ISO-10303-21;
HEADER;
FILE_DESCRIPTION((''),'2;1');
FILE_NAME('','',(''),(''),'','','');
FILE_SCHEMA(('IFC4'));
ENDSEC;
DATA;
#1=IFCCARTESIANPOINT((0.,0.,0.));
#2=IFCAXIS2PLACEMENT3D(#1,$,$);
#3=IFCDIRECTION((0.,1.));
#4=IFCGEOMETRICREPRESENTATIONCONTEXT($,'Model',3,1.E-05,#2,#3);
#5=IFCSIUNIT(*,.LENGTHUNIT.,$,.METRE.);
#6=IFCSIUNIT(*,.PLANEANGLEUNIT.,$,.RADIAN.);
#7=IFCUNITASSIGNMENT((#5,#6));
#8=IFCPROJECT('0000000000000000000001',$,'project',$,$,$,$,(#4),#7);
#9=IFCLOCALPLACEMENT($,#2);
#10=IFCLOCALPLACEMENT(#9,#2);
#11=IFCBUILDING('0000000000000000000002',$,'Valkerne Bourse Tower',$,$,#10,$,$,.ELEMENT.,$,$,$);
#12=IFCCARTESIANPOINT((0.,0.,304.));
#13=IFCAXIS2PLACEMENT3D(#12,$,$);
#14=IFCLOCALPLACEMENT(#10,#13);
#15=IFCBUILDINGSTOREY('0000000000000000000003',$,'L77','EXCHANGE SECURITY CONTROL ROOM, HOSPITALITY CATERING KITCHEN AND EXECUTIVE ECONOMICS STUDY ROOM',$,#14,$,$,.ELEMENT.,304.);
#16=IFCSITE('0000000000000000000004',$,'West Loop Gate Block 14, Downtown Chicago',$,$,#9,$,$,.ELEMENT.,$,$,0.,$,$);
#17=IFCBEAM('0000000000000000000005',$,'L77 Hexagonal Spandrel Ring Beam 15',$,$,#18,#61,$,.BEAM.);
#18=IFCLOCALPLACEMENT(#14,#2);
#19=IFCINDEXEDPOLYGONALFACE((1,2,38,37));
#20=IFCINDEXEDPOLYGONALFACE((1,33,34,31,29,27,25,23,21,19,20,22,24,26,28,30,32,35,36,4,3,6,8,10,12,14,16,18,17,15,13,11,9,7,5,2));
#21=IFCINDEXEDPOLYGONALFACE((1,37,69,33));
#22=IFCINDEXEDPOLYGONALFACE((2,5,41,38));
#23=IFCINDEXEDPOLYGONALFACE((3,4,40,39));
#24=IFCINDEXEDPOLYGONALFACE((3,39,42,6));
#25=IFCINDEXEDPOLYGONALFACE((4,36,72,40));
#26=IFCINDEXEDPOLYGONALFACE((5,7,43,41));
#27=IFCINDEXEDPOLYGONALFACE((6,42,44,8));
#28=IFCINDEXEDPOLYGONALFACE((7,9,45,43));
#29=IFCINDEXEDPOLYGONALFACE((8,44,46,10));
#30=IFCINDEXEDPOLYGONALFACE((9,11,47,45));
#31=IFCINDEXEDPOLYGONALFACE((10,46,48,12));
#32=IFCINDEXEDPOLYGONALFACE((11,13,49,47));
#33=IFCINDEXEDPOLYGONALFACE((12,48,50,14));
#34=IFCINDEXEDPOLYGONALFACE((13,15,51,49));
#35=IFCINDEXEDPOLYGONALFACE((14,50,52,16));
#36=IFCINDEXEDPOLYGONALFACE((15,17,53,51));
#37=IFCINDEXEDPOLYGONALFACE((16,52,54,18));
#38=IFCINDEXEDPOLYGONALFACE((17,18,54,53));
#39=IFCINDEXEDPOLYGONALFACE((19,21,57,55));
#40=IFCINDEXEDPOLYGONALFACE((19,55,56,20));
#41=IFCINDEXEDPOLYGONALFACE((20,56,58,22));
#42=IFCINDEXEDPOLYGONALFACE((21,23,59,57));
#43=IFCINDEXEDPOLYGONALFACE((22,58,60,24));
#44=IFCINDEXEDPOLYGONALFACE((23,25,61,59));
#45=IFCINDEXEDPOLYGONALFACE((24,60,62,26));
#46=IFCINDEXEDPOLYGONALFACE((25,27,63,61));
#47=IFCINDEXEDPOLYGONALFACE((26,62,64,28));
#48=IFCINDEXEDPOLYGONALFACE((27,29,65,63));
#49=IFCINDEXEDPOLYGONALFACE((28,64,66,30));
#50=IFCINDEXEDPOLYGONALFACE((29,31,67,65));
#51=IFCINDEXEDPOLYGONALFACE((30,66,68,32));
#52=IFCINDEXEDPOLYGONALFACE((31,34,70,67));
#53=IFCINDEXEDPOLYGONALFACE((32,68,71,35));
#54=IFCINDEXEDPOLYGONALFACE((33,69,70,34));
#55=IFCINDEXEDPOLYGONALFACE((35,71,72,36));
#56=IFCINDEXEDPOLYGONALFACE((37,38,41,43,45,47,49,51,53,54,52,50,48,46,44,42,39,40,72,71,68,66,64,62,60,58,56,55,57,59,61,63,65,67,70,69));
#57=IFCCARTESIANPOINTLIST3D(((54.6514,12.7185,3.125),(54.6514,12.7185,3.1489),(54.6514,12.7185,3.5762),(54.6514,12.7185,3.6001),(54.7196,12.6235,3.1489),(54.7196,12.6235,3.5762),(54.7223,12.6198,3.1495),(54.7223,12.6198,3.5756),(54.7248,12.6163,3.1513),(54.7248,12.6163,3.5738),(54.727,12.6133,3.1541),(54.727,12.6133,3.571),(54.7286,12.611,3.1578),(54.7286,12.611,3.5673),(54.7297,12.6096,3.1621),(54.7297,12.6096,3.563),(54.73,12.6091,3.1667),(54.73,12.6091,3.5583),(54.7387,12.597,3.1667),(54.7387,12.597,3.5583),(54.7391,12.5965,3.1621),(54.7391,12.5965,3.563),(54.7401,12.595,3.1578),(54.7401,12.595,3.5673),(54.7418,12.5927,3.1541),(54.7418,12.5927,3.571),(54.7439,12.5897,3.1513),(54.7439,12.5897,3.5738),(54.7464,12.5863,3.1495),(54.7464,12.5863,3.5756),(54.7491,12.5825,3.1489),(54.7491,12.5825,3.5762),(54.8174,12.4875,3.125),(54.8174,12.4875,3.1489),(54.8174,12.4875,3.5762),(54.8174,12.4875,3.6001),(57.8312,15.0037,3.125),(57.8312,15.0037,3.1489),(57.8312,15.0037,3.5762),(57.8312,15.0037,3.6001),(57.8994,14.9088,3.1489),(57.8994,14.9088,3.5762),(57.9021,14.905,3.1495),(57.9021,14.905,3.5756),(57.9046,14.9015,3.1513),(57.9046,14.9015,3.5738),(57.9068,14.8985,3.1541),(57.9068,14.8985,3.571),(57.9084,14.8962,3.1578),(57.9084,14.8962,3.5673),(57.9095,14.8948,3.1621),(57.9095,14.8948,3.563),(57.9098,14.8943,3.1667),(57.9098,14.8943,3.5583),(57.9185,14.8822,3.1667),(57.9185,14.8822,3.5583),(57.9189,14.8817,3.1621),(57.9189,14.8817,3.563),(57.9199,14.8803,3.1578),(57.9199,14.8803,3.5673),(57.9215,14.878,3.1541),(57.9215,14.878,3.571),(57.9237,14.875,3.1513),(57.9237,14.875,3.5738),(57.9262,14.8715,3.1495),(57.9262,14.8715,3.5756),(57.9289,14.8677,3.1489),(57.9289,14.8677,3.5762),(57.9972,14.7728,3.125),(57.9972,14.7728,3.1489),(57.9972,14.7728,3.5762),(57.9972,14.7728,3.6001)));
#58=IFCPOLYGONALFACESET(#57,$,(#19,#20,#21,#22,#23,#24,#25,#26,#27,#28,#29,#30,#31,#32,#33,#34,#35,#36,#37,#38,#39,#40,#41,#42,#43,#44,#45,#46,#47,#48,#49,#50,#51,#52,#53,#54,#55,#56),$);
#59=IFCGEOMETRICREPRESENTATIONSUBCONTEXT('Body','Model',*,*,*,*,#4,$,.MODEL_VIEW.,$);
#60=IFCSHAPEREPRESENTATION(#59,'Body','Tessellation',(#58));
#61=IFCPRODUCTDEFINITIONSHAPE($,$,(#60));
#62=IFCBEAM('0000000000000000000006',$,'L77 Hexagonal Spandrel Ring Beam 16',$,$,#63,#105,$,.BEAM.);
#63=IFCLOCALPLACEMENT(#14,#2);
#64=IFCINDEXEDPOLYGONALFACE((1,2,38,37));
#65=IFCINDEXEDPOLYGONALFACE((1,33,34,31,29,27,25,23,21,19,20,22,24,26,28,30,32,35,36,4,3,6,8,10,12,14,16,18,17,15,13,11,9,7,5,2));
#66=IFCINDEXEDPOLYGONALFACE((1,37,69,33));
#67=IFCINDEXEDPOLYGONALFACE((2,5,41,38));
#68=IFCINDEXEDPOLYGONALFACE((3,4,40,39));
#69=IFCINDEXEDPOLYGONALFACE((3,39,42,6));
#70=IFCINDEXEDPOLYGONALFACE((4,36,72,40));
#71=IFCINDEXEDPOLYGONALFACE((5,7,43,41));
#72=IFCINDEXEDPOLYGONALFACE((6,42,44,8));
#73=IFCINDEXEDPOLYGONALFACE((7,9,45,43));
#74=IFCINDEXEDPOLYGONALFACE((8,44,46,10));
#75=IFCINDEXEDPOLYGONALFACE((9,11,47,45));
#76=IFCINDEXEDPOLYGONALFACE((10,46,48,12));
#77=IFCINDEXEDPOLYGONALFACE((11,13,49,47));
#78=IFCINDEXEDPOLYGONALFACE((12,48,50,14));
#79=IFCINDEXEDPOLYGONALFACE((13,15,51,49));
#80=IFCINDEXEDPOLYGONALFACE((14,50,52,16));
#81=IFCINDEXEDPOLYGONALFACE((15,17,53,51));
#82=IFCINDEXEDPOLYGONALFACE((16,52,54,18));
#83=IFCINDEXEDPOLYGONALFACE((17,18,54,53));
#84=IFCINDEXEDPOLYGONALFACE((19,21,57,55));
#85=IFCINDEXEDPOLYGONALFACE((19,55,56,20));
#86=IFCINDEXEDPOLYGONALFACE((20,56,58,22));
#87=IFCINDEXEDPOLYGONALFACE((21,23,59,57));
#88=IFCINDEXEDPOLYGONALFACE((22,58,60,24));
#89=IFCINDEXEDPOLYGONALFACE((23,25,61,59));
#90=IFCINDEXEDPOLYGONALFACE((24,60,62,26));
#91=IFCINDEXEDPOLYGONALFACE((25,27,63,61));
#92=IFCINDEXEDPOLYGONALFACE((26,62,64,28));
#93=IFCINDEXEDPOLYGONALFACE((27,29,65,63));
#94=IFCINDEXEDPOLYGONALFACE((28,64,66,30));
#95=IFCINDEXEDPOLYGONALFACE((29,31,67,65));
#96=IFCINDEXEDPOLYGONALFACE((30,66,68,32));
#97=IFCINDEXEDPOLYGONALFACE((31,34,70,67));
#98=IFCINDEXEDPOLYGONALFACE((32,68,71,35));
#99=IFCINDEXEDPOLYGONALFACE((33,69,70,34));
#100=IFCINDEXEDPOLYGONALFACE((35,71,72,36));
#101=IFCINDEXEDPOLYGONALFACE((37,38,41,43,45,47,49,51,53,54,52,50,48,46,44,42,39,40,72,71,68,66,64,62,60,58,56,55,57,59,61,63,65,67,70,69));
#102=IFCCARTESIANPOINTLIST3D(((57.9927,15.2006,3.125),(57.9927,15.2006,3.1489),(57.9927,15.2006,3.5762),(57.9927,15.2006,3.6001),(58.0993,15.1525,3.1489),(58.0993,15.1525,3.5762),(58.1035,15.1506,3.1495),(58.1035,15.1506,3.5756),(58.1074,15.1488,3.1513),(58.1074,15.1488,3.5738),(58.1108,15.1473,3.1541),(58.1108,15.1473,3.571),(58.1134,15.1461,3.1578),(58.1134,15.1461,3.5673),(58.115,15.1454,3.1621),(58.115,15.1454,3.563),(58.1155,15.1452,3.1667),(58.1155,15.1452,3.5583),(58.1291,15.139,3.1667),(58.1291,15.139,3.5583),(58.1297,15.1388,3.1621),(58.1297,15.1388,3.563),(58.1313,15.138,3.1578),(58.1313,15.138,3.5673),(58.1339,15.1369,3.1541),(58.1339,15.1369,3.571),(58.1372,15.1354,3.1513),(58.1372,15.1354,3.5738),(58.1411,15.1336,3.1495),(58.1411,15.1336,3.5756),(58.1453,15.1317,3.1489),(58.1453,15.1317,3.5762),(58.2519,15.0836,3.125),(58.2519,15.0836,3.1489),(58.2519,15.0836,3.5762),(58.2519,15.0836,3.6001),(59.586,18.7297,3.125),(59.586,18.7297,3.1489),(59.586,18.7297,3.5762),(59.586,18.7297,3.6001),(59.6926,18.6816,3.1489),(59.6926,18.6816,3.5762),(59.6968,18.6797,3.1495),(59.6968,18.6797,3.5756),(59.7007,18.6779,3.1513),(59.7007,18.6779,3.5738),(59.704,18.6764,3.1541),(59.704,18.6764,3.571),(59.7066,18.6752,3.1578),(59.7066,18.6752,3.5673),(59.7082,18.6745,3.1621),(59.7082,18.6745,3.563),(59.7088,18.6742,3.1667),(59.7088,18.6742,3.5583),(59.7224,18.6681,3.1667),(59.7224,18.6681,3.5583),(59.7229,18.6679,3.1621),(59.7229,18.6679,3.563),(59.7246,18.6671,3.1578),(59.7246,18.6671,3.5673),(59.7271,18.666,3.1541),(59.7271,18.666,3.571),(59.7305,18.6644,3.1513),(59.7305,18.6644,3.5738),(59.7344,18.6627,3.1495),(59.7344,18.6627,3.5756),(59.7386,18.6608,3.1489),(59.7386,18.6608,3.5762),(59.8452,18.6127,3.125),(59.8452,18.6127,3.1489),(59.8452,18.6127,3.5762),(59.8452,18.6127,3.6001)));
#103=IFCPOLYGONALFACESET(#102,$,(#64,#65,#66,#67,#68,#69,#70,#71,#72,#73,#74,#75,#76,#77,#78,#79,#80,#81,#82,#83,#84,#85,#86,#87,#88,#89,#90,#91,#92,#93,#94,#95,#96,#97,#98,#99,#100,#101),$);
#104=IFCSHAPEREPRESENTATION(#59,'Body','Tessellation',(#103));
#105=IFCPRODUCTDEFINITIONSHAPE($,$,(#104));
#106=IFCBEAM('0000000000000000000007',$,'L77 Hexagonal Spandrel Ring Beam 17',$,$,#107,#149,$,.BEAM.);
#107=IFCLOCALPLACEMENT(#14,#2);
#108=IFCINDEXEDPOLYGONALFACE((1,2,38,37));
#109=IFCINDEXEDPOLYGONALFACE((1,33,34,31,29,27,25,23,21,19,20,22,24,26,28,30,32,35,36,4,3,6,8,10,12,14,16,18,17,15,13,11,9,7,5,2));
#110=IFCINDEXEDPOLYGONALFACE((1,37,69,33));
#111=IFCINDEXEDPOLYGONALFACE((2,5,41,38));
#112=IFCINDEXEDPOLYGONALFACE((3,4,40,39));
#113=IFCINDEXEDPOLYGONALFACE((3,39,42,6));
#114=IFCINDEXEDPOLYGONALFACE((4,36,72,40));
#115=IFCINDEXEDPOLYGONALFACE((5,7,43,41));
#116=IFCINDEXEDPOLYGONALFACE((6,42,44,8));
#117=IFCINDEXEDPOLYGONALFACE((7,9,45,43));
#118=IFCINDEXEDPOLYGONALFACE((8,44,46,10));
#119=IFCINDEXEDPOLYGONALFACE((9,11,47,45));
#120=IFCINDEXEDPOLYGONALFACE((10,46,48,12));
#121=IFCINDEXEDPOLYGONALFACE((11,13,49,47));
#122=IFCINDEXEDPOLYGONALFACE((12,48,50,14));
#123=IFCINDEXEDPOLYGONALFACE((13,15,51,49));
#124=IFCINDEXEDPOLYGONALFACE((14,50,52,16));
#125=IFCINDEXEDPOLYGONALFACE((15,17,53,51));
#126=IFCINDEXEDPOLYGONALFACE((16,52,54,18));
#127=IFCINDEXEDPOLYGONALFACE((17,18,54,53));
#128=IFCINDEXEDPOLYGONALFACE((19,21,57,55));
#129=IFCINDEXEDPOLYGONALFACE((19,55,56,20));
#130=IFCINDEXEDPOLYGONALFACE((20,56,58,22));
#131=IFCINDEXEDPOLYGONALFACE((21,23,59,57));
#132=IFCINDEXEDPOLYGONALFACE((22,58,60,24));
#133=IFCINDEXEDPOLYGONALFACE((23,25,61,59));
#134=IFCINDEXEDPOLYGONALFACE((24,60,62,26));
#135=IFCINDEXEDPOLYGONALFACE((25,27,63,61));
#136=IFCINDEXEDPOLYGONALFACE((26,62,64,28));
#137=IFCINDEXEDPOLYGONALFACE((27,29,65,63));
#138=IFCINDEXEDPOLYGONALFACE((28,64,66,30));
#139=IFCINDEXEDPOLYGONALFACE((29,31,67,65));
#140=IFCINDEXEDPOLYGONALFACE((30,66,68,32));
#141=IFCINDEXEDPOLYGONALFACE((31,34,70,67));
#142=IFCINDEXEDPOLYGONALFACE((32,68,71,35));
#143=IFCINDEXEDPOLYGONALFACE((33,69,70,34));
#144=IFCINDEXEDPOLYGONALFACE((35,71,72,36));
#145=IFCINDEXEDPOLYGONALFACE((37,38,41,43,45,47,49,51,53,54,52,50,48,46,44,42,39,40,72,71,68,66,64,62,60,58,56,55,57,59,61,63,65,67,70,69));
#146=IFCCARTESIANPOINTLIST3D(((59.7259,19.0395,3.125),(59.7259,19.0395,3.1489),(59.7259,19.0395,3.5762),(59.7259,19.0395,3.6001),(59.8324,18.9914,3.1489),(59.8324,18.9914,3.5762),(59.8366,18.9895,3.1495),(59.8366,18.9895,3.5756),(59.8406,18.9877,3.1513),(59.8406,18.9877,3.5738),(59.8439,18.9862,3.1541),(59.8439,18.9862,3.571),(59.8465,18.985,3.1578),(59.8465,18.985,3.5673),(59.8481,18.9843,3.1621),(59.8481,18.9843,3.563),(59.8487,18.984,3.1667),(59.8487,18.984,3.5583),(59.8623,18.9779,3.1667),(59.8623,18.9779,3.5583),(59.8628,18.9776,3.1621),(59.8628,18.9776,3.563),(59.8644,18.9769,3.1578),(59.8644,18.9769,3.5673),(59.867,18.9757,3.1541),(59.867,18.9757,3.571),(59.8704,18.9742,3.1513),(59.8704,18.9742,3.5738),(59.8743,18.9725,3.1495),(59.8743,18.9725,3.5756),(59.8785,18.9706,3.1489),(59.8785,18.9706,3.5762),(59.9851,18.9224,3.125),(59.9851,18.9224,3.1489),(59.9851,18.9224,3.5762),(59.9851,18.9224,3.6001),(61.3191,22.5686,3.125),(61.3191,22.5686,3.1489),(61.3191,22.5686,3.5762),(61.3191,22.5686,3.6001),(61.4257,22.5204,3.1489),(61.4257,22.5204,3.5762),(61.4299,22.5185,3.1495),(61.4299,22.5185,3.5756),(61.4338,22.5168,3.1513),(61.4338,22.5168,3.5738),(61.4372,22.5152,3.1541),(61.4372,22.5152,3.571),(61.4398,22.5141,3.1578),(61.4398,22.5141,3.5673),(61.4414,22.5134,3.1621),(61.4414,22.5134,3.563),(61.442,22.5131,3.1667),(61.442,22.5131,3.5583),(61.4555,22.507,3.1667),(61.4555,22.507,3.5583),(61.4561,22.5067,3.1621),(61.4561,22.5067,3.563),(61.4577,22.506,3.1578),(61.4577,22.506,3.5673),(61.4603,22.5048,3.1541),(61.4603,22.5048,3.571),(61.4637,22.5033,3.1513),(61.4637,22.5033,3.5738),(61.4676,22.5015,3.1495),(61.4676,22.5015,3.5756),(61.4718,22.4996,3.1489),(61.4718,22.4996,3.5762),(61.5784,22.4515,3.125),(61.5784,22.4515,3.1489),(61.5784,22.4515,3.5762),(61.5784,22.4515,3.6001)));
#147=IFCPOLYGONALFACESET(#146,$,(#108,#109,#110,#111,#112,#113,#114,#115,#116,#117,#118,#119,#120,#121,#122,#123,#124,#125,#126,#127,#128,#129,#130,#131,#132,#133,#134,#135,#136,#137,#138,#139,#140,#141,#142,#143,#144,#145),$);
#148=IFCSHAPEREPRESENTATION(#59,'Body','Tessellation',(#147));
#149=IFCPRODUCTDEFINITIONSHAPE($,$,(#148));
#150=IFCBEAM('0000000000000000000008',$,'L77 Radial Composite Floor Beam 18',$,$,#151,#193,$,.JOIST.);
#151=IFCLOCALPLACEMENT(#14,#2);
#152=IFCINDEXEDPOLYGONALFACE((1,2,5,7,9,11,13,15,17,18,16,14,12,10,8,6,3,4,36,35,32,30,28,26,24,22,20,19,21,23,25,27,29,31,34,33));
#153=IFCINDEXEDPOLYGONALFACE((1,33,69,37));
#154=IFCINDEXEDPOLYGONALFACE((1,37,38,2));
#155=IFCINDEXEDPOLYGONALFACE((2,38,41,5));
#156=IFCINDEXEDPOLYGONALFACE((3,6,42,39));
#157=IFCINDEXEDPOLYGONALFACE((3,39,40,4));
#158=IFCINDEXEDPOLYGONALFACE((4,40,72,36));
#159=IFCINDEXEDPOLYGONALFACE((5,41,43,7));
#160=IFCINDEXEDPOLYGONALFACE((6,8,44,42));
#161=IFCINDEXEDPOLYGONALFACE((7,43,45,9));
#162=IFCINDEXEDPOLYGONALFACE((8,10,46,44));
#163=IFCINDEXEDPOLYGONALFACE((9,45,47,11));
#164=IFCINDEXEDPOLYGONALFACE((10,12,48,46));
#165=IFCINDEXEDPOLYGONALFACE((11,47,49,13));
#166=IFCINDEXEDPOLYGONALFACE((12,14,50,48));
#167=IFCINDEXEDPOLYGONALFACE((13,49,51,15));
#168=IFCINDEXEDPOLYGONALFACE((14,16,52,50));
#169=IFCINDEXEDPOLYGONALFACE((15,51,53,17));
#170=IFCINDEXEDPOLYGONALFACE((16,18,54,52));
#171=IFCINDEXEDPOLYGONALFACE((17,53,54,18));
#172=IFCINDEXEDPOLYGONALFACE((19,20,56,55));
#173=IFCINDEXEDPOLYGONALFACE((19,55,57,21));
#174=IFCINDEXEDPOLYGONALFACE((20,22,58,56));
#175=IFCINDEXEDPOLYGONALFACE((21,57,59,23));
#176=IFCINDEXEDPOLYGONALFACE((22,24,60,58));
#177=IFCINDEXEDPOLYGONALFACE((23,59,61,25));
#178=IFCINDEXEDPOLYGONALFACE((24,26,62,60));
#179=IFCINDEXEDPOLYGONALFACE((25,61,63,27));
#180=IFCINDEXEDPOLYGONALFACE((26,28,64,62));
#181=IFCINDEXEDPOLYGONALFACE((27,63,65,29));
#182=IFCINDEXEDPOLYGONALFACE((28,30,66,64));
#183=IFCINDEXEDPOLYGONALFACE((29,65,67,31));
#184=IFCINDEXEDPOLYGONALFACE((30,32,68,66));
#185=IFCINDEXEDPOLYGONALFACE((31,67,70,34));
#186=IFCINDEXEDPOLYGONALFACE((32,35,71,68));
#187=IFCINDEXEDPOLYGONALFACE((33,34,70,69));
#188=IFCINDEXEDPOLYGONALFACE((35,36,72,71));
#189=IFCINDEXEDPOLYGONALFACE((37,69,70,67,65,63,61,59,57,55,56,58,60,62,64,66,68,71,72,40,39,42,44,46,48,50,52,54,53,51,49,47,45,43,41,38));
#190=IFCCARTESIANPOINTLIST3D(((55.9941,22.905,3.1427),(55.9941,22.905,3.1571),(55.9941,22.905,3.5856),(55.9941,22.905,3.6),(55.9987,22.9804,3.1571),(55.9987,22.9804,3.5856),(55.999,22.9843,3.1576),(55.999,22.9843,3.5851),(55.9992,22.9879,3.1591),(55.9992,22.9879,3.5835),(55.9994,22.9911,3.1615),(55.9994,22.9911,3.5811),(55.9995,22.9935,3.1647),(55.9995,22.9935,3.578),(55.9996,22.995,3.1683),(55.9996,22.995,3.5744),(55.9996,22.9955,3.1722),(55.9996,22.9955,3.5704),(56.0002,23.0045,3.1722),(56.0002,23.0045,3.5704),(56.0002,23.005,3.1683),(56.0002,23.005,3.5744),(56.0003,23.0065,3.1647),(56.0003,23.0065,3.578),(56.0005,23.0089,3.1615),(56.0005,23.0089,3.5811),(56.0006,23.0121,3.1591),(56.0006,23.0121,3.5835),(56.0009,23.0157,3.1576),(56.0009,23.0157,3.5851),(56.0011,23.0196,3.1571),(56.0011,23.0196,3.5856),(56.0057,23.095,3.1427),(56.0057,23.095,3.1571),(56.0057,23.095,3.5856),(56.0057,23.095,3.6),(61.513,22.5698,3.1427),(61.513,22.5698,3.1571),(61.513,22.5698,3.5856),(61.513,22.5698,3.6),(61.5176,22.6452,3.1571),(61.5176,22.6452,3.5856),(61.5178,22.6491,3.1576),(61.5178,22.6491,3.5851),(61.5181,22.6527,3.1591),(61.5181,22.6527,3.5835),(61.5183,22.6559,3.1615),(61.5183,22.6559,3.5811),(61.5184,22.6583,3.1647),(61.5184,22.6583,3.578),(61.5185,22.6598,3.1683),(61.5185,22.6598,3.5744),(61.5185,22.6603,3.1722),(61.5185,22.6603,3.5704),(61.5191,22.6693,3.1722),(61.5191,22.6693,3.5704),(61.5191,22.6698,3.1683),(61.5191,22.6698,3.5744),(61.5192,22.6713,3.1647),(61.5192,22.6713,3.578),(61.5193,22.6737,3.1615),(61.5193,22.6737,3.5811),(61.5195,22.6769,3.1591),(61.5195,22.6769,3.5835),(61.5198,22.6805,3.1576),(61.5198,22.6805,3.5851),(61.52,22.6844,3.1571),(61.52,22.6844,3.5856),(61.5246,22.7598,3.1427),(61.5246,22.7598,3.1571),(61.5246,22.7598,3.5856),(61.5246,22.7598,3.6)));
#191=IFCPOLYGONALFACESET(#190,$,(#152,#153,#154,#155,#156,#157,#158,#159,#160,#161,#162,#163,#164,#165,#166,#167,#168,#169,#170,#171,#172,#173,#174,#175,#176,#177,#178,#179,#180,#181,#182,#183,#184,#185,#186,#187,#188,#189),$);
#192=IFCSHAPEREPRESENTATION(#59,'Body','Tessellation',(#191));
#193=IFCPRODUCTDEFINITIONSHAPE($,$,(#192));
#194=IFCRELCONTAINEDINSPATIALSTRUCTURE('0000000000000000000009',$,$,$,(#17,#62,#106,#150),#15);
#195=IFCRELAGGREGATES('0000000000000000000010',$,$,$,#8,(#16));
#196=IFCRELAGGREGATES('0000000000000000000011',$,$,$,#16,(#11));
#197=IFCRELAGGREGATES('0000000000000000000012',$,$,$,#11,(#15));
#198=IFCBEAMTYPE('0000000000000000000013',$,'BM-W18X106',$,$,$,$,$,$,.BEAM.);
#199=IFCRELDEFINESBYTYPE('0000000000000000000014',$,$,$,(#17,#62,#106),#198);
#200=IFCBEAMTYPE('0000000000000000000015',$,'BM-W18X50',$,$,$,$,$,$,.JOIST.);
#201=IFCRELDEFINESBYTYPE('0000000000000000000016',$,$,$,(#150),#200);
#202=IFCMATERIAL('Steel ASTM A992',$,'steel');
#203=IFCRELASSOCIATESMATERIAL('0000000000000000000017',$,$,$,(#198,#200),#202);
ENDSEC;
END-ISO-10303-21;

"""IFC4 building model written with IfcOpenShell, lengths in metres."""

from ifc_helpers import new_model, si_unit, direction, frame, origin, origin_2d, place, context, subcontext, project, spatial, i_section, extrude, material, material_profile, profile_set, type_object, element, save


model = new_model("IFC4")

# Units and contexts
model_context = context("Model", 3, precision=1e-05, world=origin(), true_north=direction((0.0, 1.0)))
body_context = subcontext(model_context, "Body", "Model", "MODEL_VIEW")
ifc_project = project(units=[si_unit("LENGTHUNIT", "METRE"), si_unit("PLANEANGLEUNIT", "RADIAN")], contexts=[model_context])

# Site, building, storey
site_placement = place(None, origin())
site = spatial("IfcSite", under=ifc_project, at=site_placement, Name="West Loop Gate Block 14, Downtown Chicago", CompositionType="ELEMENT", RefElevation=0.0)
building_placement = place(site_placement, origin())
building = spatial("IfcBuilding", under=site, at=building_placement, Name="Valkerne Bourse Tower", CompositionType="ELEMENT")
storey_placement = place(building_placement, frame((0.0, 0.0, 304.0)))
storey = spatial("IfcBuildingStorey", under=building, at=storey_placement, Name="L77", Description="EXCHANGE SECURITY CONTROL ROOM, HOSPITALITY CATERING KITCHEN AND EXECUTIVE ECONOMICS STUDY ROOM", CompositionType="ELEMENT", Elevation=304.0)

# Beams
ifc_material_1 = material(Name="Steel ASTM A992", Category="steel")
ifc_material_profile_1 = material_profile(ifc_material_1, i_section(OverallWidth=0.2844, OverallDepth=0.4751, WebThickness=0.0149, FlangeThickness=0.0239, FilletRadius=0.0178, at=origin_2d()), Name="W18X106")
ifc_profile_set_1 = profile_set([ifc_material_profile_1], Name="Steel ASTM A992")
beam_type_1 = type_object("IfcBeamType", Name="BM-W18X106", PredefinedType="BEAM", material=ifc_profile_set_1)
beam_1_placement = place(storey_placement, frame((54.7344, 12.603, 3.3625), z_axis=(0.812045, 0.583595, 0.0), x_axis=(-0.583595, 0.812045, 0.0)))
element("IfcBeam", 1, at=beam_1_placement, inside=storey, type_object=beam_type_1, Name="L77 Hexagonal Spandrel Ring Beam 15", PredefinedType="BEAM", context=body_context, shape_type="SweptSolid", body=[
    extrude(i_section(OverallWidth=0.2844, OverallDepth=0.4751, WebThickness=0.0149, FlangeThickness=0.0239, FilletRadius=0.0178, at=origin_2d()), origin(), (0.0, 0.0, 1.0), 3.9158),
])
for number, where, z_axis, x_axis, name in (
    (2, (58.1223, 15.1421, 3.3625), (0.411479, 0.911419, 0.0), (-0.911419, 0.411479, 0.0), "L77 Hexagonal Spandrel Ring Beam 16"),
    (3, (59.8555, 18.981, 3.3625), (0.411479, 0.911419, 0.0), (-0.911419, 0.411479, 0.0), "L77 Hexagonal Spandrel Ring Beam 17"),
):
    element("IfcBeam", number, at=place(storey_placement, frame(where, z_axis=z_axis, x_axis=x_axis)), inside=storey, type_object=beam_type_1, Name=name, PredefinedType="BEAM", context=body_context, shape_type="SweptSolid", body=[
        extrude(i_section(OverallWidth=0.2844, OverallDepth=0.4751, WebThickness=0.0149, FlangeThickness=0.0239, FilletRadius=0.0178, at=origin_2d()), origin(), (0.0, 0.0, 1.0), 3.8721),
    ])
ifc_material_profile_2 = material_profile(ifc_material_1, i_section(OverallWidth=0.1904, OverallDepth=0.4573, WebThickness=0.009, FlangeThickness=0.0144, FilletRadius=0.0151, at=origin_2d()), Name="W18X50")
ifc_profile_set_2 = profile_set([ifc_material_profile_2], Name="Steel ASTM A992")
beam_type_2 = type_object("IfcBeamType", Name="BM-W18X50", PredefinedType="JOIST", material=ifc_profile_set_2)
beam_2_placement = place(storey_placement, frame((61.5188, 22.6648, 3.3713), z_axis=(-0.99816, 0.060627, 0.0), x_axis=(-0.060627, -0.99816, 0.0)))
element("IfcBeam", 4, at=beam_2_placement, inside=storey, type_object=beam_type_2, Name="L77 Radial Composite Floor Beam 18", PredefinedType="JOIST", context=body_context, shape_type="SweptSolid", body=[
    extrude(i_section(OverallWidth=0.1904, OverallDepth=0.4573, WebThickness=0.009, FlangeThickness=0.0144, FilletRadius=0.0151, at=origin_2d()), origin(), (0.0, 0.0, 1.0), 5.5291),
])

save(model, "model.ifc")
